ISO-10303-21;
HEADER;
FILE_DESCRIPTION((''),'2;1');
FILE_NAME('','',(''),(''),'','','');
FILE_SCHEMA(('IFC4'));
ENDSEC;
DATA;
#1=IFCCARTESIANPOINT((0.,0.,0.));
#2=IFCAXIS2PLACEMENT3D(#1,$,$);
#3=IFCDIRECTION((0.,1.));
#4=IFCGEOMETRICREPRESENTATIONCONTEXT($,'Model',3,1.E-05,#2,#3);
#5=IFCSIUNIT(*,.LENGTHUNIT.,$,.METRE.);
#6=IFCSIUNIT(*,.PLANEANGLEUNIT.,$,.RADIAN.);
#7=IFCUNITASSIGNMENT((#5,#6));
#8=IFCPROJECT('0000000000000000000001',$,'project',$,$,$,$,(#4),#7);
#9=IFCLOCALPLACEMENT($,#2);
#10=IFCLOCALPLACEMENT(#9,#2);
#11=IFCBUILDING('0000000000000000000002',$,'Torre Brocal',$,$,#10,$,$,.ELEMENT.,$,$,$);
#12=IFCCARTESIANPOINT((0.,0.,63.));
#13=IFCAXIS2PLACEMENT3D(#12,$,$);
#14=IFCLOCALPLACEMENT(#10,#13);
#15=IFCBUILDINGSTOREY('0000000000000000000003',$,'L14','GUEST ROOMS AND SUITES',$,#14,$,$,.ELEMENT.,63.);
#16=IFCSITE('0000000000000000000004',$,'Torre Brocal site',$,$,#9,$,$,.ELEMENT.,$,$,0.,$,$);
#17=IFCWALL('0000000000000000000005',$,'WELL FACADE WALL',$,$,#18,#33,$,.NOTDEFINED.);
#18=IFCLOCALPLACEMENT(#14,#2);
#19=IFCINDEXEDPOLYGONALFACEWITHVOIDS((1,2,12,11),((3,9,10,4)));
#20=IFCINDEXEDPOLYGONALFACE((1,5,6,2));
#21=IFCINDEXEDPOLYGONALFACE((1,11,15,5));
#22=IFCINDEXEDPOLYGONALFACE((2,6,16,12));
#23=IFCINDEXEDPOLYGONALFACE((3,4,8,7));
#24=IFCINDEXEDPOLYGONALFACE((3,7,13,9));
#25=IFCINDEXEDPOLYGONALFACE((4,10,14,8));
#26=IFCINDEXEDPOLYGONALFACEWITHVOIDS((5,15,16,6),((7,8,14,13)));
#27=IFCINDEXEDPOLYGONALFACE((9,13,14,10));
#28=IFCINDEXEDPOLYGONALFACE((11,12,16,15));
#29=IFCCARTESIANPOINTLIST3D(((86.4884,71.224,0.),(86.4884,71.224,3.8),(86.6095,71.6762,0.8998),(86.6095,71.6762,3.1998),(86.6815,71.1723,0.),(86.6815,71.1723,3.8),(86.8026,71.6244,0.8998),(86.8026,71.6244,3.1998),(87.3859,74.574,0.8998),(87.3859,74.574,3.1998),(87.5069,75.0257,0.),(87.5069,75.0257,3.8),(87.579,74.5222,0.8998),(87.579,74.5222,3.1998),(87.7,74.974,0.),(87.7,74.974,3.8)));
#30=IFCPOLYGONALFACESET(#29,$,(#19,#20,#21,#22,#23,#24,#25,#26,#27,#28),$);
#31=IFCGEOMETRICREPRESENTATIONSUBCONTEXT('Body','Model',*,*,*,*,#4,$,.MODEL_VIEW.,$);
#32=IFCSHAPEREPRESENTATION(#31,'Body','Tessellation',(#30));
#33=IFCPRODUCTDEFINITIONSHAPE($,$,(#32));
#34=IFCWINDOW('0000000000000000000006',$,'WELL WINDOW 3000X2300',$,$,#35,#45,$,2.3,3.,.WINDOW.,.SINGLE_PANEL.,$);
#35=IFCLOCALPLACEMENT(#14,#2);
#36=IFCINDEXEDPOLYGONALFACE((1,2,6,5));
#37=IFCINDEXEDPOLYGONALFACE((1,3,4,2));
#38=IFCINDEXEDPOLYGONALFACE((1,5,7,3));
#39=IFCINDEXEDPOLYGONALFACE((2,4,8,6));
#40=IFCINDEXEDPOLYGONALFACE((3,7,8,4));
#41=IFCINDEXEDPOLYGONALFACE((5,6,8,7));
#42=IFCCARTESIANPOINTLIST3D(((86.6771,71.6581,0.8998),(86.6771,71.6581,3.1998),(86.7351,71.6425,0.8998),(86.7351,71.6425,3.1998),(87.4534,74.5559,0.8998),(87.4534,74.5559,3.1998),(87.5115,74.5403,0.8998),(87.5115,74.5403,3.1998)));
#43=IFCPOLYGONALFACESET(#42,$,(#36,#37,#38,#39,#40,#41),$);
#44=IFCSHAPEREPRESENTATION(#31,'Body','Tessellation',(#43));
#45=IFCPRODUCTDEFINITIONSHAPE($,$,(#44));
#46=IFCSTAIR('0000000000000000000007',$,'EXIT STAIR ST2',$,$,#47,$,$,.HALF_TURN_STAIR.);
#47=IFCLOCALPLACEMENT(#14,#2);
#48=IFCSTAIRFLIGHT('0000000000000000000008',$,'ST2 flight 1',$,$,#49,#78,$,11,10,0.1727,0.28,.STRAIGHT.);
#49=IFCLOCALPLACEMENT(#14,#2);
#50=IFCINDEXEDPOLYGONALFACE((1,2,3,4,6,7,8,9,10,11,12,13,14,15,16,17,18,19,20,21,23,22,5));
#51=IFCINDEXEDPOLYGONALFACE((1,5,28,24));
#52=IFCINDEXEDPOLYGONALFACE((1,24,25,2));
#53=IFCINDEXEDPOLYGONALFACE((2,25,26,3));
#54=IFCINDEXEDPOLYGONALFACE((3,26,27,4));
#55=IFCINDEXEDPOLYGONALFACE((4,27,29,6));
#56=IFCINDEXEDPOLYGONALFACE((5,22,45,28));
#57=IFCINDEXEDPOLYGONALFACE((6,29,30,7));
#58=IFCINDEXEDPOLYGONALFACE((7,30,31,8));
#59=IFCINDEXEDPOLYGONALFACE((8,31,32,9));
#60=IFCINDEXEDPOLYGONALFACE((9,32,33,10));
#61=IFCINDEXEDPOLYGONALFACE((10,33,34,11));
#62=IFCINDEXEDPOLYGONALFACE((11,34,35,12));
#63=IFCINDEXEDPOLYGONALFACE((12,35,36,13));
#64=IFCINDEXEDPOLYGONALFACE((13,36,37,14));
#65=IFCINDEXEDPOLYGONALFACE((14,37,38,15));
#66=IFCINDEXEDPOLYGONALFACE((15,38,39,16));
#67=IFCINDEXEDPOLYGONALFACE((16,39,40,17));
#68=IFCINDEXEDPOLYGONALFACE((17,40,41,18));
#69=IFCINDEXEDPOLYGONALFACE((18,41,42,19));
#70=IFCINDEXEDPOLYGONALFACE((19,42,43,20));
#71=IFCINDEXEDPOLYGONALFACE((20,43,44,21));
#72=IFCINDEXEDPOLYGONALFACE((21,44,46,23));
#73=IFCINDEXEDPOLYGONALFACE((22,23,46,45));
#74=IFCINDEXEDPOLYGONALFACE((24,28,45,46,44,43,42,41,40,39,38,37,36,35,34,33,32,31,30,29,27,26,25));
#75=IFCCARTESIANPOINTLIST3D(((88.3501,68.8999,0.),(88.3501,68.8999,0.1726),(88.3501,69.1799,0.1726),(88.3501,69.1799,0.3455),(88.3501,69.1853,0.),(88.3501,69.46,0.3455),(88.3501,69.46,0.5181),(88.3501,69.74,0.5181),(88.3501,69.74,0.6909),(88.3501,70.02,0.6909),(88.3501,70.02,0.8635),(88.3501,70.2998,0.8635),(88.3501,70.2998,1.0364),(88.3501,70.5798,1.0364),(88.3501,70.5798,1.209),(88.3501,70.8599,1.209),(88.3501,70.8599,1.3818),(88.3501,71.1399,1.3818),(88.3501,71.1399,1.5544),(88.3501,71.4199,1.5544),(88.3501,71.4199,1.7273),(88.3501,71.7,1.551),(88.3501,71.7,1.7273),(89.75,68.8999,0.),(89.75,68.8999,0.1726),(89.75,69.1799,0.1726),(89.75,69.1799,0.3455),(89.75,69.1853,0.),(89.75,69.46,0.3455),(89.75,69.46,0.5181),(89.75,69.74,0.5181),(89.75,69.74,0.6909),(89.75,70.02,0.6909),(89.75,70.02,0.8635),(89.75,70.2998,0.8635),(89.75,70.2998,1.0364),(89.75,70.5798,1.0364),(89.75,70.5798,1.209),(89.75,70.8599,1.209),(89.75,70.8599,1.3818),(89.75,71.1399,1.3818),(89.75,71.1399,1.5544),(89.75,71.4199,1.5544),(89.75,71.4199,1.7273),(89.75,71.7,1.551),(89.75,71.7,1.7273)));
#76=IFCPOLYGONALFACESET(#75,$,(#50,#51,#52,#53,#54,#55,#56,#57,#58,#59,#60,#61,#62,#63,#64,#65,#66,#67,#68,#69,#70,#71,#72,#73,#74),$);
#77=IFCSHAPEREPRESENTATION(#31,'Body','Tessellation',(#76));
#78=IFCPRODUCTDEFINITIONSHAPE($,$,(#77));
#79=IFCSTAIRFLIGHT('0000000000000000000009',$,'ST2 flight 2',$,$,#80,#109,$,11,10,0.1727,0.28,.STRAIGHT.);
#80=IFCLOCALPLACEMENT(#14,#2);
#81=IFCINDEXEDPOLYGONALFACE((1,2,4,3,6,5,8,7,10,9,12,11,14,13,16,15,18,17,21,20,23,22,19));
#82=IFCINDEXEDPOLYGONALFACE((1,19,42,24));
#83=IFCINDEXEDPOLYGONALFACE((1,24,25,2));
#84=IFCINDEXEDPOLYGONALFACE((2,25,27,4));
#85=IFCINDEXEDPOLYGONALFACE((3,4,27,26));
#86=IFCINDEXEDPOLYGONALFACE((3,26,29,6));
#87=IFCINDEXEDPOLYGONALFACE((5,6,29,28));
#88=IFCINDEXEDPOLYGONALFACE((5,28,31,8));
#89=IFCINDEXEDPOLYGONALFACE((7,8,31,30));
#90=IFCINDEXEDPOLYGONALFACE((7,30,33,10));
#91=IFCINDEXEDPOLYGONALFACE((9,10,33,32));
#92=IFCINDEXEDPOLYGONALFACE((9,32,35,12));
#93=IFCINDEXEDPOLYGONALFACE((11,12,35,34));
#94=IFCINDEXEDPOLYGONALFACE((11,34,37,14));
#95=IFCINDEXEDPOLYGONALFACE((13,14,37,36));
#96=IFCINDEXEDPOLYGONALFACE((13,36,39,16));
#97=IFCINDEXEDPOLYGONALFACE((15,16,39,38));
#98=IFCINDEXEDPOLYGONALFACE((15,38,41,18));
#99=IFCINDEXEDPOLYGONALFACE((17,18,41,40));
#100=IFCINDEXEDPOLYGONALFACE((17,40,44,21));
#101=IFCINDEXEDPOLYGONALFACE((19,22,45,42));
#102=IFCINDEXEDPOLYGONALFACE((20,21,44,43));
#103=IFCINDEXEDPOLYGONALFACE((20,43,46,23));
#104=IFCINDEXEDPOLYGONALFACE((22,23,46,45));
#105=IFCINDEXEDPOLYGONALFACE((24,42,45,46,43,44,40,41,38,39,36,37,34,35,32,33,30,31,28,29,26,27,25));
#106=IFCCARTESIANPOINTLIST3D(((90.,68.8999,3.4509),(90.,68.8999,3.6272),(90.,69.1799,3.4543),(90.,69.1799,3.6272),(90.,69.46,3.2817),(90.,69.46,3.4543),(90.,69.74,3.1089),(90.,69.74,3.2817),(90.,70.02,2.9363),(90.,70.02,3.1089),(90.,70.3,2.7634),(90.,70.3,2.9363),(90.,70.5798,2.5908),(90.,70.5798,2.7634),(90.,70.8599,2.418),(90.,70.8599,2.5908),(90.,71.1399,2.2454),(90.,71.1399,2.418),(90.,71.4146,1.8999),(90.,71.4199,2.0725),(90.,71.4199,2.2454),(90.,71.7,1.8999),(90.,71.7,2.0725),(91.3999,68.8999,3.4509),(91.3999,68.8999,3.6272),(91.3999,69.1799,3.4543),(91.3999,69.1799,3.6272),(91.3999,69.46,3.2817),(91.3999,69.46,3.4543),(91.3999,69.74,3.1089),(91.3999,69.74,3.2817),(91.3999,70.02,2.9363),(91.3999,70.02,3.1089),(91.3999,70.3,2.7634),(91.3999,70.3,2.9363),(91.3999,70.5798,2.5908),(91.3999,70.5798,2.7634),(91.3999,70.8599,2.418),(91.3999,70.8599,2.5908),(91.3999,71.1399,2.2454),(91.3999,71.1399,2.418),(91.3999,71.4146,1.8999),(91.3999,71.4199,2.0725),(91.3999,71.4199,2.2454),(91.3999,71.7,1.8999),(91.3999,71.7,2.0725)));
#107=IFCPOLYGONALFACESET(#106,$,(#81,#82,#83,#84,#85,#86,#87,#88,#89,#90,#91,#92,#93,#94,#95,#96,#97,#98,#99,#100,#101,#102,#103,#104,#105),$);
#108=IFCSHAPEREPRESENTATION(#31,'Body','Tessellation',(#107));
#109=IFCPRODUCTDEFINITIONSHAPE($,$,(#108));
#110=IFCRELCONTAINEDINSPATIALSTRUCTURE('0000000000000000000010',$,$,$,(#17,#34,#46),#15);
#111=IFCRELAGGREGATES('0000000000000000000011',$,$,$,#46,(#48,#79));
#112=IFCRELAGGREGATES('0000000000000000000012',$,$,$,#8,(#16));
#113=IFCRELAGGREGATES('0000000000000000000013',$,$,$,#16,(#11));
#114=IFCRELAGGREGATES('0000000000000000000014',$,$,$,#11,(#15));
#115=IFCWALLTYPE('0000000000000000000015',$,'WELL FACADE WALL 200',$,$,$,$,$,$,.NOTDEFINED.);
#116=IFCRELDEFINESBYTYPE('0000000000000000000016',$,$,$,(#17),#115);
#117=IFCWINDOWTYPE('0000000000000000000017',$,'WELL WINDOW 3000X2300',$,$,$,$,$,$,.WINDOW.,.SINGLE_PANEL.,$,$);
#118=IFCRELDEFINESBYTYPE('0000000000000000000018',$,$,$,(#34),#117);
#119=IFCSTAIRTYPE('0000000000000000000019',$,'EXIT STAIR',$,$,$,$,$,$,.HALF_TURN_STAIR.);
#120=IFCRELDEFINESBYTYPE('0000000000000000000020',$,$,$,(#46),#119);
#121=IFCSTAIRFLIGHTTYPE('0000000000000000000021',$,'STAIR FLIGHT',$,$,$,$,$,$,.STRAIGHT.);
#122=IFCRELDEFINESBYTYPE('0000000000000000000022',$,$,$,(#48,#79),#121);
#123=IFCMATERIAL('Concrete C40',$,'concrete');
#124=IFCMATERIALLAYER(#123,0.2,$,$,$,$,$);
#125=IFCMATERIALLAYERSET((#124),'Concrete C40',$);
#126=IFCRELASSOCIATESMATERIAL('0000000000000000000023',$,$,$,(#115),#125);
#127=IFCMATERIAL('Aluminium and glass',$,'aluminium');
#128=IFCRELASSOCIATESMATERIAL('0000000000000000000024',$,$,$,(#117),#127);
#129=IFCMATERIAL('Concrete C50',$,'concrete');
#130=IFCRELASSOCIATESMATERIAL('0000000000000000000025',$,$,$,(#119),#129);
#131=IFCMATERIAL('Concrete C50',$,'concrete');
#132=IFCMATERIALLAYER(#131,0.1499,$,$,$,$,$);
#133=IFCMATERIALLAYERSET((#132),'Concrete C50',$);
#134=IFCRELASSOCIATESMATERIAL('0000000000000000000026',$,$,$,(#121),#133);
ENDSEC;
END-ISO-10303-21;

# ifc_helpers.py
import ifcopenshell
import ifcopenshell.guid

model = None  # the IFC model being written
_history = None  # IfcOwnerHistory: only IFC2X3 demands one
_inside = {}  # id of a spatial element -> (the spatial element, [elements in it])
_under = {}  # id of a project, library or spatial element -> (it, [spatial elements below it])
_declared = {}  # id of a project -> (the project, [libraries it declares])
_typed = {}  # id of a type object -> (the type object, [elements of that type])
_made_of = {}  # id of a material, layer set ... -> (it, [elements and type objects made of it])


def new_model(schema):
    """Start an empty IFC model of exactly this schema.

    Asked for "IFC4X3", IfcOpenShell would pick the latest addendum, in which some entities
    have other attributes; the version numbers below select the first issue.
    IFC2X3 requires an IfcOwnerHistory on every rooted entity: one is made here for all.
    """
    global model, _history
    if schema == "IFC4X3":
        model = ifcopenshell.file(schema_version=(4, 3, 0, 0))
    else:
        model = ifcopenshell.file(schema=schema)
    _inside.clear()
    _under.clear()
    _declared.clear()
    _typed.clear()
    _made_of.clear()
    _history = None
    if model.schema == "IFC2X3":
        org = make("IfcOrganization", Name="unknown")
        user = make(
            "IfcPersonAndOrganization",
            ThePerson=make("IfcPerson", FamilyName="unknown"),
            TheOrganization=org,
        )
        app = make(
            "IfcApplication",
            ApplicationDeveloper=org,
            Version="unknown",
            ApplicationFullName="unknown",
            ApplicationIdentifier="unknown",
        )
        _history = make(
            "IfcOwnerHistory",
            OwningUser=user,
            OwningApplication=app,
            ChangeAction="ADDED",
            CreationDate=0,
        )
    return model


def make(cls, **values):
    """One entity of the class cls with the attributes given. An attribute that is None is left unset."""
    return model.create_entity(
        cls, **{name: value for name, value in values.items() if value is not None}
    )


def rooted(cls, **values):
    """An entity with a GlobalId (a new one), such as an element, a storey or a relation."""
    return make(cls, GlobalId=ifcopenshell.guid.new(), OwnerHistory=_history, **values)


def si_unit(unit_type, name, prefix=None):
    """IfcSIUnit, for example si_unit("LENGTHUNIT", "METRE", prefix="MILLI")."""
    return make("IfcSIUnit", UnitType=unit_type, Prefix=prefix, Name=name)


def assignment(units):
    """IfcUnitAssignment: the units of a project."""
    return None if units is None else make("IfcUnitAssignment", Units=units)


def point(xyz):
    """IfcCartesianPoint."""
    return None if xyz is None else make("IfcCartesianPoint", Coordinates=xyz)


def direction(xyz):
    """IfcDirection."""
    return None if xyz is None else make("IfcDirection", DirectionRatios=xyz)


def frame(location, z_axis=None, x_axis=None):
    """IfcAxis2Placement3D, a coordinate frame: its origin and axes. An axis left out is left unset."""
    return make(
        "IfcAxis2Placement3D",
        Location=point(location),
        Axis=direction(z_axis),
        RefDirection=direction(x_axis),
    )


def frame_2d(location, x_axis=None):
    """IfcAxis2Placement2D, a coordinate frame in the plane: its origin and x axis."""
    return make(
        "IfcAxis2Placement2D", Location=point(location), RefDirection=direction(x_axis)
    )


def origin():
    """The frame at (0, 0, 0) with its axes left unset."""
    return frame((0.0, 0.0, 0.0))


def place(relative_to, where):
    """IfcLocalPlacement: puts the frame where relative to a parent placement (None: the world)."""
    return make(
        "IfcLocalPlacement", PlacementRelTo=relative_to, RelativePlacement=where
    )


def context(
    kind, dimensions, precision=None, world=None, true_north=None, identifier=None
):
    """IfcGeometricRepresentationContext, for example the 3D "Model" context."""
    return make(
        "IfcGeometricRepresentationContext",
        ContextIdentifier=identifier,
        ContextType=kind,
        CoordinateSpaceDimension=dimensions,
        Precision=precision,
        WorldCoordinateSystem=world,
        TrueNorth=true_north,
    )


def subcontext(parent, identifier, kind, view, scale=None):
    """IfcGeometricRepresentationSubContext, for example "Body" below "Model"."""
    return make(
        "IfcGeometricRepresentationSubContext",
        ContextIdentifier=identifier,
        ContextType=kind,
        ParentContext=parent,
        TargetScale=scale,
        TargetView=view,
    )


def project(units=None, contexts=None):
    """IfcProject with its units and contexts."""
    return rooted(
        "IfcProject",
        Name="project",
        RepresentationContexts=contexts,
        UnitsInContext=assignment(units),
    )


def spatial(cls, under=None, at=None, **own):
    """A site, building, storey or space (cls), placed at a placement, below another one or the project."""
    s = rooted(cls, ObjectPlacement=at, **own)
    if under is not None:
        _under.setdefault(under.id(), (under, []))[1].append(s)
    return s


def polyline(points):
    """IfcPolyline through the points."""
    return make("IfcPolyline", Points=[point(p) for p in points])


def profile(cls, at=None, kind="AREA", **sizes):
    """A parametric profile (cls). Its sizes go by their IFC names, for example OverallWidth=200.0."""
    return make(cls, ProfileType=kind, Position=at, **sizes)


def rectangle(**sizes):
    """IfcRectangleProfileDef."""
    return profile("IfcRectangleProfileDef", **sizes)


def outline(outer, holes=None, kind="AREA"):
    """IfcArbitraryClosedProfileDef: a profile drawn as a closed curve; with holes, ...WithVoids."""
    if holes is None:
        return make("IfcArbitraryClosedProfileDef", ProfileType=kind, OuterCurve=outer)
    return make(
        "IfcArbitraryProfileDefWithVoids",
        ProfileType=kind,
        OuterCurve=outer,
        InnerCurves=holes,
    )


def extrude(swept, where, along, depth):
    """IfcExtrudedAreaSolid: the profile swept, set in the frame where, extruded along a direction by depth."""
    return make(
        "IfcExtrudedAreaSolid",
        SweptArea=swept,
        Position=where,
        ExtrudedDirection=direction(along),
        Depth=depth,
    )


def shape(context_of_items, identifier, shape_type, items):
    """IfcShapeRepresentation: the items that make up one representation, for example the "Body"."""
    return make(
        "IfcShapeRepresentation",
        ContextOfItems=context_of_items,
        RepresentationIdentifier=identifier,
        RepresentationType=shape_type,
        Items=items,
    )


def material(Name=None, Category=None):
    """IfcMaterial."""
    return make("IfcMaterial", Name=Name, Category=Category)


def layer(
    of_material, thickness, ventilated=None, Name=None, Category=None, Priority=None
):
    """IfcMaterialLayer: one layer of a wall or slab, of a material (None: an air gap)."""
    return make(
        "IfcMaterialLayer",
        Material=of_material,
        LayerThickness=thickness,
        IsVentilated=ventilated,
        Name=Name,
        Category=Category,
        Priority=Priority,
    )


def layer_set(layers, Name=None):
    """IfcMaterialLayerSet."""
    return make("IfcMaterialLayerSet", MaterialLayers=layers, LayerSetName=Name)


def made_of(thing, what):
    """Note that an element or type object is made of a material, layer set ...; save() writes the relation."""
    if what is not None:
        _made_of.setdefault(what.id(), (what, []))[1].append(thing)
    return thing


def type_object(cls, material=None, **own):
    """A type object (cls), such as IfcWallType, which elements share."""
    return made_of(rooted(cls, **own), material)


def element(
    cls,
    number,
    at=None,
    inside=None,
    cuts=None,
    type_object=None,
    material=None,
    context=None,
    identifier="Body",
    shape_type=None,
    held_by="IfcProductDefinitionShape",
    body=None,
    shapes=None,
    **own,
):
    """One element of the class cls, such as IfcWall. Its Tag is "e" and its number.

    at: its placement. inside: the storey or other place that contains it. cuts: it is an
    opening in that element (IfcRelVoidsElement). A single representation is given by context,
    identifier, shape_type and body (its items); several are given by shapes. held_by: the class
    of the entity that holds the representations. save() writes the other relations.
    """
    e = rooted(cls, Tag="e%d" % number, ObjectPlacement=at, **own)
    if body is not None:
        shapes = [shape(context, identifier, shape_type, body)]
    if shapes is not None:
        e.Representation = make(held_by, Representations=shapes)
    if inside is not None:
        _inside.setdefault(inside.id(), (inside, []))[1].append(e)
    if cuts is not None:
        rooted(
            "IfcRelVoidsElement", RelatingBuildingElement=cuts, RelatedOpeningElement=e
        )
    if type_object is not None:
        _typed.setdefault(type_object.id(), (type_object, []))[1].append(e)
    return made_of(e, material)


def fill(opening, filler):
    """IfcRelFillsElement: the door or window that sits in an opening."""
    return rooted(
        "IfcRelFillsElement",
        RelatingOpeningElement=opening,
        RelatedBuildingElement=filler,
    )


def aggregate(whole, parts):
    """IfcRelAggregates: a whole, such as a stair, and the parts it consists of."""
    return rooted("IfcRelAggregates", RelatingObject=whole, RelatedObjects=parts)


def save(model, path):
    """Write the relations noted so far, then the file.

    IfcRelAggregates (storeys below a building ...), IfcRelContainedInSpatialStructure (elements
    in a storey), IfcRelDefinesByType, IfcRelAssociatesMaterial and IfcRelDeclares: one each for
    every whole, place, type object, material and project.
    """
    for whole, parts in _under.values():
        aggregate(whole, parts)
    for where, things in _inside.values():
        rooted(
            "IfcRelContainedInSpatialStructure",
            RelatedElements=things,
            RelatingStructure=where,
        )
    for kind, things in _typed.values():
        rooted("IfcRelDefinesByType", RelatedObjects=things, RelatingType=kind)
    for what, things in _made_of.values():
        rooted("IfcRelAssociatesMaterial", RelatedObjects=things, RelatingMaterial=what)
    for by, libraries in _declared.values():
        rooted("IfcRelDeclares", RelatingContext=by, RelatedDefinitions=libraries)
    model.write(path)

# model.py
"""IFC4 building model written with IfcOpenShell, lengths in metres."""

from ifc_helpers import new_model, si_unit, direction, frame, frame_2d, origin, place, context, subcontext, project, spatial, polyline, rectangle, outline, extrude, material, layer, layer_set, type_object, element, fill, aggregate, save


model = new_model("IFC4")

# Units and contexts
model_context = context("Model", 3, precision=1e-05, world=origin(), true_north=direction((0.0, 1.0)))
body_context = subcontext(model_context, "Body", "Model", "MODEL_VIEW")
ifc_project = project(units=[si_unit("LENGTHUNIT", "METRE"), si_unit("PLANEANGLEUNIT", "RADIAN")], contexts=[model_context])

# Site, building, storey
site_placement = place(None, origin())
site = spatial("IfcSite", under=ifc_project, at=site_placement, Name="Torre Brocal site", CompositionType="ELEMENT", RefElevation=0.0)
building_placement = place(site_placement, origin())
building = spatial("IfcBuilding", under=site, at=building_placement, Name="Torre Brocal", CompositionType="ELEMENT")
storey_placement = place(building_placement, frame((0.0, 0.0, 63.0)))
storey = spatial("IfcBuildingStorey", under=building, at=storey_placement, Name="L14", Description="GUEST ROOMS AND SUITES", CompositionType="ELEMENT", Elevation=63.0)

# Wall, opening, window
ifc_material_1 = material(Name="Concrete C40", Category="concrete")
ifc_layer_1 = layer(ifc_material_1, 0.2)
ifc_layer_set_1 = layer_set([ifc_layer_1], Name="Concrete C40")
wall_type_1 = type_object("IfcWallType", Name="WELL FACADE WALL 200", PredefinedType="NOTDEFINED", material=ifc_layer_set_1)
ifc_material_2 = material(Name="Aluminium and glass", Category="aluminium")
window_type = type_object("IfcWindowType", Name="WELL WINDOW 3000X2300", PartitioningType="SINGLE_PANEL", PredefinedType="WINDOW", material=ifc_material_2)
wall_1_placement = place(storey_placement, frame((86.585, 71.1982, 0.0), z_axis=(0.0, 0.0, 1.0), x_axis=(0.25879, 0.965934, 0.0)))
wall_1 = element("IfcWall", 1, at=wall_1_placement, inside=storey, type_object=wall_type_1, Name="WELL FACADE WALL", PredefinedType="NOTDEFINED", context=body_context, shape_type="SweptSolid", body=[
    extrude(rectangle(XDim=3.9358, YDim=0.2, at=frame_2d((1.9678, 0.0))), origin(), (0.0, 0.0, 1.0), 3.8),
])
opening_1_placement = place(wall_1_placement, frame((0.468, 0.0, 0.8999)))
opening_1 = element("IfcOpeningElement", 2, at=opening_1_placement, cuts=wall_1, PredefinedType="OPENING", context=body_context, shape_type="SweptSolid", body=[
    extrude(rectangle(XDim=3.0, YDim=2.3, at=frame_2d((1.5, 1.1499))), frame((0.0, 0.1099, 0.0), z_axis=(0.0, -1.0, 0.0), x_axis=(1.0, 0.0, 0.0)), (0.0, 0.0, 1.0), 0.22),
])
window_1_placement = place(opening_1_placement, origin())
window_1 = element("IfcWindow", 3, at=window_1_placement, inside=storey, type_object=window_type, Name="WELL WINDOW 3000X2300", OverallHeight=2.3, OverallWidth=3.0, PartitioningType="SINGLE_PANEL", PredefinedType="WINDOW", context=body_context, shape_type="SweptSolid", body=[
    extrude(rectangle(XDim=3.0, YDim=2.3, at=frame_2d((1.5, 1.1499))), frame((0.0, 0.03, 0.0), z_axis=(0.0, -1.0, 0.0), x_axis=(1.0, 0.0, 0.0)), (0.0, 0.0, 1.0), 0.0601),
])
fill(opening_1, window_1)

# Stair, stair flights
ifc_material_3 = material(Name="Concrete C50", Category="concrete")
stair_type = type_object("IfcStairType", Name="EXIT STAIR", PredefinedType="HALF_TURN_STAIR", material=ifc_material_3)
stair_placement = place(storey_placement, origin())
stair = element("IfcStair", 4, at=stair_placement, inside=storey, type_object=stair_type, Name="EXIT STAIR ST2", PredefinedType="HALF_TURN_STAIR")
ifc_material_4 = material(Name="Concrete C50", Category="concrete")
ifc_layer_2 = layer(ifc_material_4, 0.1499)
ifc_layer_set_2 = layer_set([ifc_layer_2], Name="Concrete C50")
stair_flight_type = type_object("IfcStairFlightType", Name="STAIR FLIGHT", PredefinedType="STRAIGHT", material=ifc_layer_set_2)
stair_flight_1_placement = place(storey_placement, frame((89.05, 68.8999, 0.0), z_axis=(0.0, 0.0, 1.0), x_axis=(0.0, 1.0, 0.0)))
stair_flight_1 = element("IfcStairFlight", 5, at=stair_flight_1_placement, type_object=stair_flight_type, Name="ST2 flight 1", NumberOfRisers=11, NumberOfTreads=10, PredefinedType="STRAIGHT", RiserHeight=0.1727, TreadLength=0.28, context=body_context, shape_type="SweptSolid", body=[
    extrude(outline(polyline([(0.0, 0.0), (0.0, 0.1726), (0.28, 0.1726), (0.28, 0.3455), (0.5601, 0.3455), (0.5601, 0.5181), (0.8401, 0.5181), (0.8401, 0.6909), (1.1201, 0.6909), (1.1201, 0.8635), (1.3999, 0.8635), (1.3999, 1.0364), (1.6799, 1.0364), (1.6799, 1.209), (1.96, 1.209), (1.96, 1.3818), (2.24, 1.3818), (2.24, 1.5544), (2.52, 1.5544), (2.52, 1.7273), (2.8, 1.7273), (2.8, 1.8999), (2.8, 1.551), (0.2854, 0.0), (0.0, 0.0)])), frame((0.0, 0.7, 0.0), z_axis=(0.0, -1.0, 0.0), x_axis=(1.0, 0.0, 0.0)), (0.0, 0.0, 1.0), 1.3999),
])
stair_flight_2_placement = place(storey_placement, frame((90.7, 71.7, 1.8999), z_axis=(0.0, 0.0, 1.0), x_axis=(0.0, -1.0, 0.0)))
stair_flight_2 = element("IfcStairFlight", 6, at=stair_flight_2_placement, type_object=stair_flight_type, Name="ST2 flight 2", NumberOfRisers=11, NumberOfTreads=10, PredefinedType="STRAIGHT", RiserHeight=0.1727, TreadLength=0.28, context=body_context, shape_type="SweptSolid", body=[
    extrude(outline(polyline([(0.0, 0.0), (0.0, 0.1726), (0.28, 0.1726), (0.28, 0.3455), (0.5601, 0.3455), (0.5601, 0.5181), (0.8401, 0.5181), (0.8401, 0.6909), (1.1201, 0.6909), (1.1201, 0.8635), (1.3999, 0.8635), (1.3999, 1.0364), (1.6799, 1.0364), (1.6799, 1.209), (1.96, 1.209), (1.96, 1.3818), (2.24, 1.3818), (2.24, 1.5544), (2.52, 1.5544), (2.52, 1.7273), (2.8, 1.7273), (2.8, 1.8999), (2.8, 1.551), (0.2854, 0.0), (0.0, 0.0)])), frame((0.0, 0.7, 0.0), z_axis=(0.0, -1.0, 0.0), x_axis=(1.0, 0.0, 0.0)), (0.0, 0.0, 1.0), 1.3999),
])
aggregate(stair, [stair_flight_1, stair_flight_2])

save(model, "model.ifc")
